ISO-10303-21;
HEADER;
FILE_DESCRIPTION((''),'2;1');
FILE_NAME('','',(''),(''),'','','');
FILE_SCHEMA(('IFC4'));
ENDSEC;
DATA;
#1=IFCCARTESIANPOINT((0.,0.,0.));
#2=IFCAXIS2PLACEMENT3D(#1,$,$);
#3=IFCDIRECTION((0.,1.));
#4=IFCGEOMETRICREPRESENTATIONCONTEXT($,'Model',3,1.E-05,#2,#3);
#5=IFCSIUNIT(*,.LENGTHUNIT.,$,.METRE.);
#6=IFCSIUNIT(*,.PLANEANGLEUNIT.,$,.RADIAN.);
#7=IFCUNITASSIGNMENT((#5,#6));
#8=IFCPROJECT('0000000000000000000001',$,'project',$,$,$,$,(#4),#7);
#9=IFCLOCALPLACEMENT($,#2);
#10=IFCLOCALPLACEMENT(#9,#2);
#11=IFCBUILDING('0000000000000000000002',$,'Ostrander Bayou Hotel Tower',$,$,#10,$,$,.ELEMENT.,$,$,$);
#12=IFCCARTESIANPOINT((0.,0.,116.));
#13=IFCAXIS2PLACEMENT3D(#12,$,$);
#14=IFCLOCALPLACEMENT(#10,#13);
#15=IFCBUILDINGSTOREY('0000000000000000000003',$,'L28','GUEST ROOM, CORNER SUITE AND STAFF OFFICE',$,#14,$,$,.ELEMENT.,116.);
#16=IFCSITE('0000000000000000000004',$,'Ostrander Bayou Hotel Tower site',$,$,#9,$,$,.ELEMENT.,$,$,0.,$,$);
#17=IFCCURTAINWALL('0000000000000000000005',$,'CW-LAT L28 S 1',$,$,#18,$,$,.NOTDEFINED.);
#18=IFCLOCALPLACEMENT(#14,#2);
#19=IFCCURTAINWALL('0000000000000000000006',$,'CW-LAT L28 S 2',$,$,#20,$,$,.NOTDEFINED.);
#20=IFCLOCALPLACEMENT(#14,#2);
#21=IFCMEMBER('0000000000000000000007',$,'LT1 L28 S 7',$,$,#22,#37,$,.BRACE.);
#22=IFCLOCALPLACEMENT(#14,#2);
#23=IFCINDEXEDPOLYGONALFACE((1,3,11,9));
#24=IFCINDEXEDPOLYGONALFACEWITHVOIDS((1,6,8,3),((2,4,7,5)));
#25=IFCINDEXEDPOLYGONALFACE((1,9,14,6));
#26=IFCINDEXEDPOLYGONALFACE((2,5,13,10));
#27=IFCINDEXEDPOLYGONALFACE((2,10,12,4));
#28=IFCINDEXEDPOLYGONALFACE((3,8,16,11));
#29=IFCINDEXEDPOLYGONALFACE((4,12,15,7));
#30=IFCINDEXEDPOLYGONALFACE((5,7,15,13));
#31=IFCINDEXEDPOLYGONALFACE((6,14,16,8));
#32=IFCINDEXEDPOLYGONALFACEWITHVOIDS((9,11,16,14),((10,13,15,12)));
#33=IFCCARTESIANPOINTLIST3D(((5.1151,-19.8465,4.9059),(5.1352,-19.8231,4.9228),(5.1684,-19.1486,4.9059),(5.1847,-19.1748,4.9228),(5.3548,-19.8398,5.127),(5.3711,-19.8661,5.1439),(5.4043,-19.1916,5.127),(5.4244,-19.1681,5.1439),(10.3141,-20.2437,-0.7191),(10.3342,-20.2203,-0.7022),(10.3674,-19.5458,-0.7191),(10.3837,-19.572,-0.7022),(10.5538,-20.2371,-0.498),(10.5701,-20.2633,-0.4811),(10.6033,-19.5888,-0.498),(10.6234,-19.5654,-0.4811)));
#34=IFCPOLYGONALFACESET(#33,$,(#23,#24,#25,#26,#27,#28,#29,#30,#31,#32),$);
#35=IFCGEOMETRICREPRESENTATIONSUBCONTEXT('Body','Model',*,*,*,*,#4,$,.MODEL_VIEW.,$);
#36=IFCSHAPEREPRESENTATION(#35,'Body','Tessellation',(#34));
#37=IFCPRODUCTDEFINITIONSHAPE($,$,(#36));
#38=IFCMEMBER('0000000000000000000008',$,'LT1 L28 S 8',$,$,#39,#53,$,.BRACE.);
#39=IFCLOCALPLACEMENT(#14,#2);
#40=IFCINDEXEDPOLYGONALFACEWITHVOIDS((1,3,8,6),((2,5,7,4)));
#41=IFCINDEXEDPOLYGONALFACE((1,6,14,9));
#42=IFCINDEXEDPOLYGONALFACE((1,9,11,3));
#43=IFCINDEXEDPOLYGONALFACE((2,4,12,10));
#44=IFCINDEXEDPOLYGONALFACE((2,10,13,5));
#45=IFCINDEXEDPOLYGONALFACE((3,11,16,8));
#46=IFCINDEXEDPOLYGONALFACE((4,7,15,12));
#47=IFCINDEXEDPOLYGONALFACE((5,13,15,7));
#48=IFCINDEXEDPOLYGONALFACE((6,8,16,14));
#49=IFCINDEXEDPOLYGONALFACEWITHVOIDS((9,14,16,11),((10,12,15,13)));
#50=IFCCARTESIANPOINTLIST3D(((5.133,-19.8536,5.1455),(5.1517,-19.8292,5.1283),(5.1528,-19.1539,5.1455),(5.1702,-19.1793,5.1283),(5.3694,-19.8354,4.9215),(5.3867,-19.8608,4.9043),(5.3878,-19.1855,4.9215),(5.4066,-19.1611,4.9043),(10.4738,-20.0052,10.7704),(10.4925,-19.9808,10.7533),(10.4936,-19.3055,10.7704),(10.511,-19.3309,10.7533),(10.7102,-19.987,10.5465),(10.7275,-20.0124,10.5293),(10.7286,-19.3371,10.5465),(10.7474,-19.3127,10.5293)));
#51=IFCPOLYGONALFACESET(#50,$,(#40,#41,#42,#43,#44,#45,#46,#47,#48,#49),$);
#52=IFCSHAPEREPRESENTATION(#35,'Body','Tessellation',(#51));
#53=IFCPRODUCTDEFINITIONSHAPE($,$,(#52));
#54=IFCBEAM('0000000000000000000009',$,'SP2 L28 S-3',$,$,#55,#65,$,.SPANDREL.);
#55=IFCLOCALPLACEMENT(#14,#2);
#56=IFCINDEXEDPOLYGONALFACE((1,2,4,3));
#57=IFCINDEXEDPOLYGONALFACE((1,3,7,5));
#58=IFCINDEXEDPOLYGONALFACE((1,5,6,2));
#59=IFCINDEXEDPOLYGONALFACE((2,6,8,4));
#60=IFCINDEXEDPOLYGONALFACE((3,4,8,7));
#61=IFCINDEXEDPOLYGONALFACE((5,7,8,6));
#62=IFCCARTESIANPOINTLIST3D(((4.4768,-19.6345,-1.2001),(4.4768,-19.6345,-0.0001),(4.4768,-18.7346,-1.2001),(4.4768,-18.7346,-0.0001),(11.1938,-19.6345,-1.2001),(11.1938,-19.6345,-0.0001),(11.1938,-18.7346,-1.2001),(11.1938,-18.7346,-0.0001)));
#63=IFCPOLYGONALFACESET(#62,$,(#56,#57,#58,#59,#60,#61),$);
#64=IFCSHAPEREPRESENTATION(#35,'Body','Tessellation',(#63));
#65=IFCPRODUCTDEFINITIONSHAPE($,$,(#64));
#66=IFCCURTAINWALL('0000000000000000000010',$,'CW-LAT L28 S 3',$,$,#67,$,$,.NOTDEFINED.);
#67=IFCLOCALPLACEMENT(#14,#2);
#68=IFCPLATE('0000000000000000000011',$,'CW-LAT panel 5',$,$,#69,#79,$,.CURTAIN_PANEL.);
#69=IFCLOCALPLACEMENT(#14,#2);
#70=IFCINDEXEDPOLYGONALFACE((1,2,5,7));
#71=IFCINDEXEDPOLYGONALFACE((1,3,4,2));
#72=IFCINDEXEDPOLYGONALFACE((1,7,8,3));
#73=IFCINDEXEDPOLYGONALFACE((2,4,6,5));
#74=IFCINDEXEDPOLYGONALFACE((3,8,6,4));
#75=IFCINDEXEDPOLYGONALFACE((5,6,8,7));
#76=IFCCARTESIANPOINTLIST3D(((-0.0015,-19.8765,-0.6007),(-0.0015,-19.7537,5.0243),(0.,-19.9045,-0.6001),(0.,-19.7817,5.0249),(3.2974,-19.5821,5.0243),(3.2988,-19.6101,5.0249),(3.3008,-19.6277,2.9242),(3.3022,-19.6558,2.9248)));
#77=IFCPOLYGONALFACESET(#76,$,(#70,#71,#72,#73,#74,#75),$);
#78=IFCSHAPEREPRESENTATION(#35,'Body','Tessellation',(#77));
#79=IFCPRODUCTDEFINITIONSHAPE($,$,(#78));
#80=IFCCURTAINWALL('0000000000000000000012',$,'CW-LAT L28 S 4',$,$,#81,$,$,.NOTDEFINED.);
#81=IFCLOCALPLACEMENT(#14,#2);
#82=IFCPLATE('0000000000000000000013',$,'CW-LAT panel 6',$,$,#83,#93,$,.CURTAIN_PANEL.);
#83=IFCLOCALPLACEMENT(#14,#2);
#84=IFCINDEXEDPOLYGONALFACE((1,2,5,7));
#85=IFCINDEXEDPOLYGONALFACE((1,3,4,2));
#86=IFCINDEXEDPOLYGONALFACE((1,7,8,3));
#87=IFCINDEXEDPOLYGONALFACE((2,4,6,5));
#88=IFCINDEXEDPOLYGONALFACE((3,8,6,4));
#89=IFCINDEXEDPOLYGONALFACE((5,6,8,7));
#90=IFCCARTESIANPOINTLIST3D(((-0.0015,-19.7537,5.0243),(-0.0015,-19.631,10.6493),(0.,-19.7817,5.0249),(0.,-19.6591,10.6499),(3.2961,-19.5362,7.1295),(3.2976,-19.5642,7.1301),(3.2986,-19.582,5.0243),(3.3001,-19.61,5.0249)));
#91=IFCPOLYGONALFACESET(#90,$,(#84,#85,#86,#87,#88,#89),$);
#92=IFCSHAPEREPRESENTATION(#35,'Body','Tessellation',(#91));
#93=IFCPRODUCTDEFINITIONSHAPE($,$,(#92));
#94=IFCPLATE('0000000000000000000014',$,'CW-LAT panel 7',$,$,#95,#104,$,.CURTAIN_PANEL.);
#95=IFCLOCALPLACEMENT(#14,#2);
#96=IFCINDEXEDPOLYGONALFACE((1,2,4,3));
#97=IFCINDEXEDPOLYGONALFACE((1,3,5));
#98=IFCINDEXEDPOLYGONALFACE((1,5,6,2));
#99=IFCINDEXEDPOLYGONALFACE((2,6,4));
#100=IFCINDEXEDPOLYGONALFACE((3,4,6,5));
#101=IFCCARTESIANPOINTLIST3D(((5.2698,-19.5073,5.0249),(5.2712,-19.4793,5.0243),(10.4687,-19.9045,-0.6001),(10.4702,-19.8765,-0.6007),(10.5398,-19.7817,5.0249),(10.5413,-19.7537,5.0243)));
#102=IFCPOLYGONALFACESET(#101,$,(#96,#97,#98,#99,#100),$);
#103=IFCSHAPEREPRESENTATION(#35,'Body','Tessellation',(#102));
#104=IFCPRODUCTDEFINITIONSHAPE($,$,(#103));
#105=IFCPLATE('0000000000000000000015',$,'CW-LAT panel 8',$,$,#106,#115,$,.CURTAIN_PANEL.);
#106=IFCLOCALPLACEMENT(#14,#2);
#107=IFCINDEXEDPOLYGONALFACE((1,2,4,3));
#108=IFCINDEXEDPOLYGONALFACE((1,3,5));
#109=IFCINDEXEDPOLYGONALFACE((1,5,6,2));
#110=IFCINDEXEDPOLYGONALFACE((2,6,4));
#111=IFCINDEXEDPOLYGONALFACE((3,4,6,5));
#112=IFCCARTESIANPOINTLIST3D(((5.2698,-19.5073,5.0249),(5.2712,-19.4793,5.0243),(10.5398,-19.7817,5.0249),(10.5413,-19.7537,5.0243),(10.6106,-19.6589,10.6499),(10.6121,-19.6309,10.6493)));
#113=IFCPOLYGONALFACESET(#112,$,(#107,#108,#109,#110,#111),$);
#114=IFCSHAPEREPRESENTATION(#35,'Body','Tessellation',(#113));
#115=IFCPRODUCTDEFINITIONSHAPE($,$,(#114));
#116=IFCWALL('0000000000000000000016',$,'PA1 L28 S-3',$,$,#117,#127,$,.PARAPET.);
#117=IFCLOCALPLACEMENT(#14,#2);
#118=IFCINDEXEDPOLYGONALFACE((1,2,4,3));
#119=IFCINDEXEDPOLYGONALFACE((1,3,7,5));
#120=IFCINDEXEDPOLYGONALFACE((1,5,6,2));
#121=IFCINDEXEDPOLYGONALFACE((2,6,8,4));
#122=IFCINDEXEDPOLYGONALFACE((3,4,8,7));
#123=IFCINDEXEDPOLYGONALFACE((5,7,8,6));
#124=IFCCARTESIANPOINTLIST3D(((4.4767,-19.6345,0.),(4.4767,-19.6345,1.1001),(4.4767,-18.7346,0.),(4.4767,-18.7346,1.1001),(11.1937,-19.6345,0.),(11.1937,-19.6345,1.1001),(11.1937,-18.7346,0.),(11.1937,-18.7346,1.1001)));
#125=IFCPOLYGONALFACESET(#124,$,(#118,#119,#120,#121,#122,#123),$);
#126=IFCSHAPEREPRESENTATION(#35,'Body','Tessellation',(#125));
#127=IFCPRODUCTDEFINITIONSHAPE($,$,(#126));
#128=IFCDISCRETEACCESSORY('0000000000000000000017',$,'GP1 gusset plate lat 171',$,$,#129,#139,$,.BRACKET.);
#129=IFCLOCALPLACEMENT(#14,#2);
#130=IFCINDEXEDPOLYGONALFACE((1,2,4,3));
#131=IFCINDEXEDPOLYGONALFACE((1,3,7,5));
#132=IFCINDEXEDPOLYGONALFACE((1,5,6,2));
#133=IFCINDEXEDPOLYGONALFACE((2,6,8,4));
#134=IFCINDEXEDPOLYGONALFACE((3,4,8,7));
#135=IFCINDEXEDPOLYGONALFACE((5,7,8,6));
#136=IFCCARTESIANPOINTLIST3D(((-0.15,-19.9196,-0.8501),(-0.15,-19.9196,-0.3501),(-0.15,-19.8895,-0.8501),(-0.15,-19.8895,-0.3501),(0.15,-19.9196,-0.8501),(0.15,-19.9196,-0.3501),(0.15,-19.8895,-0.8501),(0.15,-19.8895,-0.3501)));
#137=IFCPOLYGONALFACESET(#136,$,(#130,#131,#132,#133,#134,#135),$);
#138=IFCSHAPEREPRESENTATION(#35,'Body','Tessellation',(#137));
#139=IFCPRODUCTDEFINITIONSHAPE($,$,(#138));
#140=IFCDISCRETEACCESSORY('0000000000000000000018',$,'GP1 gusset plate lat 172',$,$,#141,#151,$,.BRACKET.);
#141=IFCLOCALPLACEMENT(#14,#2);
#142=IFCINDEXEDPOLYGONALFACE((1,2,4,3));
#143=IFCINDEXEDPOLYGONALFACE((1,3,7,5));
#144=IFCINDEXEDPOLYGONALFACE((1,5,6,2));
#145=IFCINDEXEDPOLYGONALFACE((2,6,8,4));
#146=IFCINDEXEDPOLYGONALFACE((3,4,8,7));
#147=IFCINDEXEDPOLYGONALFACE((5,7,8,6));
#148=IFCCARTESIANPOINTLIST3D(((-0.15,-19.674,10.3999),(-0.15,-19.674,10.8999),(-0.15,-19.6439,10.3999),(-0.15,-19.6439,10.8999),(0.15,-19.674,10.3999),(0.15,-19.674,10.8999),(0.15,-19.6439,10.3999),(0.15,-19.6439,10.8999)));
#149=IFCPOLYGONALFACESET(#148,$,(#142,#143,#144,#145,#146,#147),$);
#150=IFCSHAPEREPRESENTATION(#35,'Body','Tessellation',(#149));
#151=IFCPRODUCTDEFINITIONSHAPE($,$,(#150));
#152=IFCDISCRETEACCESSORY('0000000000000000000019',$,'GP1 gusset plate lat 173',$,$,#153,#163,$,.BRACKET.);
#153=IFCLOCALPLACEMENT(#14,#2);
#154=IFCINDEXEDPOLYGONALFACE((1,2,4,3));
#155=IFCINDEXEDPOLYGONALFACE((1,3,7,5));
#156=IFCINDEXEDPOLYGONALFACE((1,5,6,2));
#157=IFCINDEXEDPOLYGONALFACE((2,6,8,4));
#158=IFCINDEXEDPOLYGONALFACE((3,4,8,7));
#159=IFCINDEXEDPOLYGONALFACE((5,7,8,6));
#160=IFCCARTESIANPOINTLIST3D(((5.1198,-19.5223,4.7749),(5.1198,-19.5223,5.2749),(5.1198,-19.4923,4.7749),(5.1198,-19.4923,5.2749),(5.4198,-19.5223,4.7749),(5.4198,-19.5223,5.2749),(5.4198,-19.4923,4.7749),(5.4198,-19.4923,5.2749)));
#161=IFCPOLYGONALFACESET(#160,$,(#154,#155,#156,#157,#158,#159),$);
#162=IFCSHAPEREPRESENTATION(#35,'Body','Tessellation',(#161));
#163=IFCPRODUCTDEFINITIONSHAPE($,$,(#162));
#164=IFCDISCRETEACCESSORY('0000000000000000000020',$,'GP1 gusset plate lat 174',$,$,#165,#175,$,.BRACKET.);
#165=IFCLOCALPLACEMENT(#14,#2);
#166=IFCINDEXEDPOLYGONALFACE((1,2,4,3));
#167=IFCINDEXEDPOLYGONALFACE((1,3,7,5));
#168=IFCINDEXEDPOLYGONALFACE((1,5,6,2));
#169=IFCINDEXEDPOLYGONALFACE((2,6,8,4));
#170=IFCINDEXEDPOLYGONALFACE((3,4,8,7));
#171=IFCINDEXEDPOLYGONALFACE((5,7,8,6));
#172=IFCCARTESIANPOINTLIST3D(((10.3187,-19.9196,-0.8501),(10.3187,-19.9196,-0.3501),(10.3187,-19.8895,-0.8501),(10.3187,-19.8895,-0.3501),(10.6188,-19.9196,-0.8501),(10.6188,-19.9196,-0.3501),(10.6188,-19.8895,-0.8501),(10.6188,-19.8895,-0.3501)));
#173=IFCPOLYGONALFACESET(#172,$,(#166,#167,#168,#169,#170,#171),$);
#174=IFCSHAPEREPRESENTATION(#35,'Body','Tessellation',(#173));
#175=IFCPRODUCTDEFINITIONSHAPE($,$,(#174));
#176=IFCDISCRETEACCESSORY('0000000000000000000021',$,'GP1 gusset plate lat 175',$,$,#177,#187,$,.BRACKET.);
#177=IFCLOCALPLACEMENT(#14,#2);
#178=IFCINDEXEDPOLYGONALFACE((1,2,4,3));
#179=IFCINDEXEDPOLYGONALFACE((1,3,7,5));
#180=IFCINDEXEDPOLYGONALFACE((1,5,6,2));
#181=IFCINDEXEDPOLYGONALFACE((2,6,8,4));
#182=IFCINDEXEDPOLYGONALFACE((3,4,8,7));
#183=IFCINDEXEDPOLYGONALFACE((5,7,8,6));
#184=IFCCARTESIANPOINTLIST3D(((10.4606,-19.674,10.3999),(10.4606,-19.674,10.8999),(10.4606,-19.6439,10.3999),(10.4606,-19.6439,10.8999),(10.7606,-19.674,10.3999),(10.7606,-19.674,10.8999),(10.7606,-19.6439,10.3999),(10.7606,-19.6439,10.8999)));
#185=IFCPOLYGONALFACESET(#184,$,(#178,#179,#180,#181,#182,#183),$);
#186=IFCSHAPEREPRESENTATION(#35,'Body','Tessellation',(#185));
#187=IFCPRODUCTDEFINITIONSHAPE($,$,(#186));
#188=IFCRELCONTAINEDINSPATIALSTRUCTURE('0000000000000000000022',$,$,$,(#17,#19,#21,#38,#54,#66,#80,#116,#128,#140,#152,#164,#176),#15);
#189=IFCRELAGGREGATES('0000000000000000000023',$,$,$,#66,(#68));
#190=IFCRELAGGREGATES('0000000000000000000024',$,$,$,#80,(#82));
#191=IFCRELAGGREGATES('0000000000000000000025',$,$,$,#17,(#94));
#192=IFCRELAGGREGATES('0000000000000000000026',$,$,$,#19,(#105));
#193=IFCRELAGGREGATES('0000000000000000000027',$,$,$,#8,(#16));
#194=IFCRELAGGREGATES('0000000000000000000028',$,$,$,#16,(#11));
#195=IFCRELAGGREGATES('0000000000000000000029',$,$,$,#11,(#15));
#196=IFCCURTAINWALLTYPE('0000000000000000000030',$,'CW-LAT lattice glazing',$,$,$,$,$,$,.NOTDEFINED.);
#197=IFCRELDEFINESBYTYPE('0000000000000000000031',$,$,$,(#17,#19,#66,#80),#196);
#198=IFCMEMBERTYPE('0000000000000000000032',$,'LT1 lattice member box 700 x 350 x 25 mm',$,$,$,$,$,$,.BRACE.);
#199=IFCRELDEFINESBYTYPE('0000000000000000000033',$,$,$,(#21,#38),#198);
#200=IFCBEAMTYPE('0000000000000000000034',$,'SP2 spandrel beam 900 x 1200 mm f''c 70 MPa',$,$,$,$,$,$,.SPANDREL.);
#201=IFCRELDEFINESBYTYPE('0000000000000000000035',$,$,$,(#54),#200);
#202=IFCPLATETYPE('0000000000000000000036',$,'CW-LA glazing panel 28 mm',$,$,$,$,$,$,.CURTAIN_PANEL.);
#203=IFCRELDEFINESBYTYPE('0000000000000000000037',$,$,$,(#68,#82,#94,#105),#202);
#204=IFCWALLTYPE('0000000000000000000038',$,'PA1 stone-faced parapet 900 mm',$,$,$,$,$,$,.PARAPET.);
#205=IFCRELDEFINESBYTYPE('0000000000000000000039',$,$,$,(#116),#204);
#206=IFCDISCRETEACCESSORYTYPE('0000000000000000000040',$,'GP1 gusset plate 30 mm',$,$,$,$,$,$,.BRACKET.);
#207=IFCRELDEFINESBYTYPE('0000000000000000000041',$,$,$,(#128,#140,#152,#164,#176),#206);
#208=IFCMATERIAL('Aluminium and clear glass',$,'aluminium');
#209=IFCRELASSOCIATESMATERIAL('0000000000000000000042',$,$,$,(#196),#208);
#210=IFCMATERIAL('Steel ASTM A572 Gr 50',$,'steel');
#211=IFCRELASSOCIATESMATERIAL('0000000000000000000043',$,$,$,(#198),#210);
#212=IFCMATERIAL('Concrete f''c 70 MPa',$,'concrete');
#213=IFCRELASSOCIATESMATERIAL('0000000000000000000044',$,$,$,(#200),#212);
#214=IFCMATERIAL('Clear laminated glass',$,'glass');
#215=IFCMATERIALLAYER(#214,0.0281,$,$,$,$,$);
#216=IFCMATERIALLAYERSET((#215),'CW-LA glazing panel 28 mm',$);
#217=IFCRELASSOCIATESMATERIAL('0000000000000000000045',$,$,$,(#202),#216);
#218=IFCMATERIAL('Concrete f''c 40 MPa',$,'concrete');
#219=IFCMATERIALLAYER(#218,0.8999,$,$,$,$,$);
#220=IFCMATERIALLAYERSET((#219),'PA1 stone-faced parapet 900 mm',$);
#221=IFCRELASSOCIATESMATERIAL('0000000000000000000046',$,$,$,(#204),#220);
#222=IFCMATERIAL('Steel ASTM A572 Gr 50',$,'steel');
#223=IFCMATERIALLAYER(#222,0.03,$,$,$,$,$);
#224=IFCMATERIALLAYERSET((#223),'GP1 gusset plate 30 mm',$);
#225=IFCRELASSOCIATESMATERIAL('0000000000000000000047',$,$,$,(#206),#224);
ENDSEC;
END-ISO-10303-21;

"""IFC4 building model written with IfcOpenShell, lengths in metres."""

from ifc_helpers import new_model, si_unit, direction, frame, frame_2d, origin, origin_2d, place, context, subcontext, project, spatial, polyline, rectangle, hollow_rectangle, outline, extrude, material, layer, layer_set, material_profile, profile_set, type_object, element, aggregate, save


model = new_model("IFC4")

# Units and contexts
model_context = context("Model", 3, precision=1e-05, world=origin(), true_north=direction((0.0, 1.0)))
body_context = subcontext(model_context, "Body", "Model", "MODEL_VIEW")
ifc_project = project(units=[si_unit("LENGTHUNIT", "METRE"), si_unit("PLANEANGLEUNIT", "RADIAN")], contexts=[model_context])

# Site, building, storey
site_placement = place(None, origin())
site = spatial("IfcSite", under=ifc_project, at=site_placement, Name="Ostrander Bayou Hotel Tower site", CompositionType="ELEMENT", RefElevation=0.0)
building_placement = place(site_placement, origin())
building = spatial("IfcBuilding", under=site, at=building_placement, Name="Ostrander Bayou Hotel Tower", CompositionType="ELEMENT")
storey_placement = place(building_placement, frame((0.0, 0.0, 116.0)))
storey = spatial("IfcBuildingStorey", under=building, at=storey_placement, Name="L28", Description="GUEST ROOM, CORNER SUITE AND STAFF OFFICE", CompositionType="ELEMENT", Elevation=116.0)

# Curtain walls
ifc_material_1 = material(Name="Aluminium and clear glass", Category="aluminium")
curtain_wall_type = type_object("IfcCurtainWallType", Name="CW-LAT lattice glazing", PredefinedType="NOTDEFINED", material=ifc_material_1)
curtain_wall_1_placement = place(storey_placement, origin())
curtain_wall_1 = element("IfcCurtainWall", 1, at=curtain_wall_1_placement, inside=storey, type_object=curtain_wall_type, Name="CW-LAT L28 S 1", PredefinedType="NOTDEFINED")
curtain_wall_2_placement = place(storey_placement, origin())
curtain_wall_2 = element("IfcCurtainWall", 2, at=curtain_wall_2_placement, inside=storey, type_object=curtain_wall_type, Name="CW-LAT L28 S 2", PredefinedType="NOTDEFINED")

# Members
ifc_material_2 = material(Name="Steel ASTM A572 Gr 50", Category="steel")
ifc_material_profile_1 = material_profile(ifc_material_2, hollow_rectangle(XDim=0.7, YDim=0.3501, WallThickness=0.0249, at=origin_2d()))
ifc_profile_set_1 = profile_set([ifc_material_profile_1], Name="Steel ASTM A572 Gr 50")
member_type_1 = type_object("IfcMemberType", Name="LT1 lattice member box 700 x 350 x 25 mm", PredefinedType="BRACE", material=ifc_profile_set_1)
member_1_placement = place(storey_placement, frame((5.2698, -19.5073, 5.0249), z_axis=(0.677839, -0.051789, -0.733384), x_axis=(0.076181, 0.997094, 0.0)))
element("IfcMember", 3, at=member_1_placement, inside=storey, type_object=member_type_1, Name="LT1 L28 S 7", PredefinedType="BRACE", context=body_context, shape_type="SweptSolid", body=[
    extrude(hollow_rectangle(XDim=0.7, YDim=0.3501, WallThickness=0.0249, at=origin_2d()), origin(), (0.0, 0.0, 1.0), 7.6699),
])
member_2_placement = place(storey_placement, frame((5.2698, -19.5073, 5.0249), z_axis=(0.688419, -0.019542, 0.72505), x_axis=(0.028376, 0.999597, 0.0)))
element("IfcMember", 4, at=member_2_placement, inside=storey, type_object=member_type_1, Name="LT1 L28 S 8", PredefinedType="BRACE", context=body_context, shape_type="SweptSolid", body=[
    extrude(hollow_rectangle(XDim=0.7, YDim=0.3501, WallThickness=0.0249, at=origin_2d()), origin(), (0.0, 0.0, 1.0), 7.7581),
])

# Beam
ifc_material_3 = material(Name="Concrete f'c 70 MPa", Category="concrete")
ifc_material_profile_2 = material_profile(ifc_material_3, rectangle(XDim=0.8999, YDim=1.2, at=origin_2d()))
ifc_profile_set_2 = profile_set([ifc_material_profile_2], Name="Concrete f'c 70 MPa")
beam_type = type_object("IfcBeamType", Name="SP2 spandrel beam 900 x 1200 mm f'c 70 MPa", PredefinedType="SPANDREL", material=ifc_profile_set_2)
beam_placement = place(storey_placement, frame((4.4768, -19.1846, -0.6001), z_axis=(1.0, 0.0, 0.0), x_axis=(0.0, 1.0, 0.0)))
element("IfcBeam", 5, at=beam_placement, inside=storey, type_object=beam_type, Name="SP2 L28 S-3", PredefinedType="SPANDREL", context=body_context, shape_type="SweptSolid", body=[
    extrude(rectangle(XDim=0.8999, YDim=1.2, at=origin_2d()), origin(), (0.0, 0.0, 1.0), 6.717),
])

# Curtain walls, plates
curtain_wall_3_placement = place(storey_placement, origin())
curtain_wall_3 = element("IfcCurtainWall", 6, at=curtain_wall_3_placement, inside=storey, type_object=curtain_wall_type, Name="CW-LAT L28 S 3", PredefinedType="NOTDEFINED")
ifc_material_4 = material(Name="Clear laminated glass", Category="glass")
ifc_layer_1 = layer(ifc_material_4, 0.0281)
ifc_layer_set_1 = layer_set([ifc_layer_1], Name="CW-LA glazing panel 28 mm")
plate_type = type_object("IfcPlateType", Name="CW-LA glazing panel 28 mm", PredefinedType="CURTAIN_PANEL", material=ifc_layer_set_1)
plate_1_placement = place(storey_placement, frame((3.3022, -19.6558, 2.9248), z_axis=(0.051949, -0.998412, 0.021795), x_axis=(-0.682777, -0.051436, -0.728814)))
plate_1 = element("IfcPlate", 7, at=plate_1_placement, type_object=plate_type, Name="CW-LAT panel 5", PredefinedType="CURTAIN_PANEL", context=body_context, shape_type="SweptSolid", body=[
    extrude(outline(polyline([(0.0, 0.0), (4.8365, 0.0), (0.7306, -3.8467), (-1.5306, -1.4387), (0.0, 0.0)])), origin(), (0.0, 0.0, -1.0), 0.0281),
])
aggregate(curtain_wall_3, [plate_1])
curtain_wall_4_placement = place(storey_placement, origin())
curtain_wall_4 = element("IfcCurtainWall", 8, at=curtain_wall_4_placement, inside=storey, type_object=curtain_wall_type, Name="CW-LAT L28 S 4", PredefinedType="NOTDEFINED")
plate_2_placement = place(storey_placement, frame((3.2976, -19.5642, 7.1301), z_axis=(0.05196, -0.998412, 0.021774), x_axis=(-0.683567, -0.019663, 0.729623)))
plate_2 = element("IfcPlate", 9, at=plate_2_placement, type_object=plate_type, Name="CW-LAT panel 6", PredefinedType="CURTAIN_PANEL", context=body_context, shape_type="SweptSolid", body=[
    extrude(outline(polyline([(0.0, 0.0), (4.8241, 0.0), (0.7224, 3.8512), (-1.5368, 1.4396), (0.0, 0.0)])), origin(), (0.0, 0.0, -1.0), 0.0281),
])
aggregate(curtain_wall_4, [plate_2])

# Plates
plate_3_placement = place(storey_placement, frame((5.2698, -19.5073, 5.0249), z_axis=(-0.051987, -0.998395, 0.022453), x_axis=(0.677839, -0.051789, -0.733384)))
plate_3 = element("IfcPlate", 10, at=plate_3_placement, type_object=plate_type, Name="CW-LAT panel 7", PredefinedType="CURTAIN_PANEL", context=body_context, shape_type="SweptSolid", body=[
    extrude(outline(polyline([(0.0, 0.0), (7.6699, 0.0), (3.5864, 3.8712), (0.0, 0.0)])), origin(), (0.0, 0.0, -1.0), 0.0281),
])
aggregate(curtain_wall_1, [plate_3])
plate_4_placement = place(storey_placement, frame((5.2698, -19.5073, 5.0249), z_axis=(-0.051987, -0.998395, 0.022451), x_axis=(0.688419, -0.019542, 0.72505)))
plate_4 = element("IfcPlate", 11, at=plate_4_placement, type_object=plate_type, Name="CW-LAT panel 8", PredefinedType="CURTAIN_PANEL", context=body_context, shape_type="SweptSolid", body=[
    extrude(outline(polyline([(0.0, 0.0), (7.7581, 0.0), (3.6333, -3.8272), (0.0, 0.0)])), origin(), (0.0, 0.0, -1.0), 0.0281),
])
aggregate(curtain_wall_2, [plate_4])

# Wall
ifc_material_5 = material(Name="Concrete f'c 40 MPa", Category="concrete")
ifc_layer_2 = layer(ifc_material_5, 0.8999)
ifc_layer_set_2 = layer_set([ifc_layer_2], Name="PA1 stone-faced parapet 900 mm")
wall_type = type_object("IfcWallType", Name="PA1 stone-faced parapet 900 mm", PredefinedType="PARAPET", material=ifc_layer_set_2)
wall_placement = place(storey_placement, frame((4.4768, -19.1846, 0.0), z_axis=(0.0, 0.0, 1.0), x_axis=(1.0, 0.0, 0.0)))
element("IfcWall", 12, at=wall_placement, inside=storey, type_object=wall_type, Name="PA1 L28 S-3", PredefinedType="PARAPET", context=body_context, shape_type="SweptSolid", body=[
    extrude(rectangle(XDim=6.717, YDim=0.8999, at=frame_2d((3.3584, 0.0))), origin(), (0.0, 0.0, 1.0), 1.1001),
])

# Discrete accessories
ifc_material_6 = material(Name="Steel ASTM A572 Gr 50", Category="steel")
ifc_layer_3 = layer(ifc_material_6, 0.03)
ifc_layer_set_3 = layer_set([ifc_layer_3], Name="GP1 gusset plate 30 mm")
discrete_accessory_type = type_object("IfcDiscreteAccessoryType", Name="GP1 gusset plate 30 mm", PredefinedType="BRACKET", material=ifc_layer_set_3)
for number, where, z_axis, x_axis, name in (
    (13, (0.0, -19.9045, -0.8501), (0.0, 0.0, 1.0), (1.0, 0.0, 0.0), "GP1 gusset plate lat 171"),
    (14, (0.0, -19.6589, 10.3999), (0.0, 0.0, 1.0), (1.0, 0.0, 0.0), "GP1 gusset plate lat 172"),
    (15, (5.2698, -19.5073, 4.7749), (0.0, 0.0, 1.0), (1.0, 0.0, 0.0), "GP1 gusset plate lat 173"),
    (16, (10.4688, -19.9045, -0.8501), (0.0, 0.0, 1.0), (1.0, 0.0, 0.0), "GP1 gusset plate lat 174"),
    (17, (10.6106, -19.6589, 10.3999), (0.0, 0.0, 1.0), (1.0, 0.0, 0.0), "GP1 gusset plate lat 175"),
):
    element("IfcDiscreteAccessory", number, at=place(storey_placement, frame(where, z_axis=z_axis, x_axis=x_axis)), inside=storey, type_object=discrete_accessory_type, Name=name, PredefinedType="BRACKET", context=body_context, shape_type="SweptSolid", body=[
        extrude(rectangle(XDim=0.3, YDim=0.03, at=origin_2d()), origin(), (0.0, 0.0, 1.0), 0.5),
    ])

save(model, "model.ifc")
